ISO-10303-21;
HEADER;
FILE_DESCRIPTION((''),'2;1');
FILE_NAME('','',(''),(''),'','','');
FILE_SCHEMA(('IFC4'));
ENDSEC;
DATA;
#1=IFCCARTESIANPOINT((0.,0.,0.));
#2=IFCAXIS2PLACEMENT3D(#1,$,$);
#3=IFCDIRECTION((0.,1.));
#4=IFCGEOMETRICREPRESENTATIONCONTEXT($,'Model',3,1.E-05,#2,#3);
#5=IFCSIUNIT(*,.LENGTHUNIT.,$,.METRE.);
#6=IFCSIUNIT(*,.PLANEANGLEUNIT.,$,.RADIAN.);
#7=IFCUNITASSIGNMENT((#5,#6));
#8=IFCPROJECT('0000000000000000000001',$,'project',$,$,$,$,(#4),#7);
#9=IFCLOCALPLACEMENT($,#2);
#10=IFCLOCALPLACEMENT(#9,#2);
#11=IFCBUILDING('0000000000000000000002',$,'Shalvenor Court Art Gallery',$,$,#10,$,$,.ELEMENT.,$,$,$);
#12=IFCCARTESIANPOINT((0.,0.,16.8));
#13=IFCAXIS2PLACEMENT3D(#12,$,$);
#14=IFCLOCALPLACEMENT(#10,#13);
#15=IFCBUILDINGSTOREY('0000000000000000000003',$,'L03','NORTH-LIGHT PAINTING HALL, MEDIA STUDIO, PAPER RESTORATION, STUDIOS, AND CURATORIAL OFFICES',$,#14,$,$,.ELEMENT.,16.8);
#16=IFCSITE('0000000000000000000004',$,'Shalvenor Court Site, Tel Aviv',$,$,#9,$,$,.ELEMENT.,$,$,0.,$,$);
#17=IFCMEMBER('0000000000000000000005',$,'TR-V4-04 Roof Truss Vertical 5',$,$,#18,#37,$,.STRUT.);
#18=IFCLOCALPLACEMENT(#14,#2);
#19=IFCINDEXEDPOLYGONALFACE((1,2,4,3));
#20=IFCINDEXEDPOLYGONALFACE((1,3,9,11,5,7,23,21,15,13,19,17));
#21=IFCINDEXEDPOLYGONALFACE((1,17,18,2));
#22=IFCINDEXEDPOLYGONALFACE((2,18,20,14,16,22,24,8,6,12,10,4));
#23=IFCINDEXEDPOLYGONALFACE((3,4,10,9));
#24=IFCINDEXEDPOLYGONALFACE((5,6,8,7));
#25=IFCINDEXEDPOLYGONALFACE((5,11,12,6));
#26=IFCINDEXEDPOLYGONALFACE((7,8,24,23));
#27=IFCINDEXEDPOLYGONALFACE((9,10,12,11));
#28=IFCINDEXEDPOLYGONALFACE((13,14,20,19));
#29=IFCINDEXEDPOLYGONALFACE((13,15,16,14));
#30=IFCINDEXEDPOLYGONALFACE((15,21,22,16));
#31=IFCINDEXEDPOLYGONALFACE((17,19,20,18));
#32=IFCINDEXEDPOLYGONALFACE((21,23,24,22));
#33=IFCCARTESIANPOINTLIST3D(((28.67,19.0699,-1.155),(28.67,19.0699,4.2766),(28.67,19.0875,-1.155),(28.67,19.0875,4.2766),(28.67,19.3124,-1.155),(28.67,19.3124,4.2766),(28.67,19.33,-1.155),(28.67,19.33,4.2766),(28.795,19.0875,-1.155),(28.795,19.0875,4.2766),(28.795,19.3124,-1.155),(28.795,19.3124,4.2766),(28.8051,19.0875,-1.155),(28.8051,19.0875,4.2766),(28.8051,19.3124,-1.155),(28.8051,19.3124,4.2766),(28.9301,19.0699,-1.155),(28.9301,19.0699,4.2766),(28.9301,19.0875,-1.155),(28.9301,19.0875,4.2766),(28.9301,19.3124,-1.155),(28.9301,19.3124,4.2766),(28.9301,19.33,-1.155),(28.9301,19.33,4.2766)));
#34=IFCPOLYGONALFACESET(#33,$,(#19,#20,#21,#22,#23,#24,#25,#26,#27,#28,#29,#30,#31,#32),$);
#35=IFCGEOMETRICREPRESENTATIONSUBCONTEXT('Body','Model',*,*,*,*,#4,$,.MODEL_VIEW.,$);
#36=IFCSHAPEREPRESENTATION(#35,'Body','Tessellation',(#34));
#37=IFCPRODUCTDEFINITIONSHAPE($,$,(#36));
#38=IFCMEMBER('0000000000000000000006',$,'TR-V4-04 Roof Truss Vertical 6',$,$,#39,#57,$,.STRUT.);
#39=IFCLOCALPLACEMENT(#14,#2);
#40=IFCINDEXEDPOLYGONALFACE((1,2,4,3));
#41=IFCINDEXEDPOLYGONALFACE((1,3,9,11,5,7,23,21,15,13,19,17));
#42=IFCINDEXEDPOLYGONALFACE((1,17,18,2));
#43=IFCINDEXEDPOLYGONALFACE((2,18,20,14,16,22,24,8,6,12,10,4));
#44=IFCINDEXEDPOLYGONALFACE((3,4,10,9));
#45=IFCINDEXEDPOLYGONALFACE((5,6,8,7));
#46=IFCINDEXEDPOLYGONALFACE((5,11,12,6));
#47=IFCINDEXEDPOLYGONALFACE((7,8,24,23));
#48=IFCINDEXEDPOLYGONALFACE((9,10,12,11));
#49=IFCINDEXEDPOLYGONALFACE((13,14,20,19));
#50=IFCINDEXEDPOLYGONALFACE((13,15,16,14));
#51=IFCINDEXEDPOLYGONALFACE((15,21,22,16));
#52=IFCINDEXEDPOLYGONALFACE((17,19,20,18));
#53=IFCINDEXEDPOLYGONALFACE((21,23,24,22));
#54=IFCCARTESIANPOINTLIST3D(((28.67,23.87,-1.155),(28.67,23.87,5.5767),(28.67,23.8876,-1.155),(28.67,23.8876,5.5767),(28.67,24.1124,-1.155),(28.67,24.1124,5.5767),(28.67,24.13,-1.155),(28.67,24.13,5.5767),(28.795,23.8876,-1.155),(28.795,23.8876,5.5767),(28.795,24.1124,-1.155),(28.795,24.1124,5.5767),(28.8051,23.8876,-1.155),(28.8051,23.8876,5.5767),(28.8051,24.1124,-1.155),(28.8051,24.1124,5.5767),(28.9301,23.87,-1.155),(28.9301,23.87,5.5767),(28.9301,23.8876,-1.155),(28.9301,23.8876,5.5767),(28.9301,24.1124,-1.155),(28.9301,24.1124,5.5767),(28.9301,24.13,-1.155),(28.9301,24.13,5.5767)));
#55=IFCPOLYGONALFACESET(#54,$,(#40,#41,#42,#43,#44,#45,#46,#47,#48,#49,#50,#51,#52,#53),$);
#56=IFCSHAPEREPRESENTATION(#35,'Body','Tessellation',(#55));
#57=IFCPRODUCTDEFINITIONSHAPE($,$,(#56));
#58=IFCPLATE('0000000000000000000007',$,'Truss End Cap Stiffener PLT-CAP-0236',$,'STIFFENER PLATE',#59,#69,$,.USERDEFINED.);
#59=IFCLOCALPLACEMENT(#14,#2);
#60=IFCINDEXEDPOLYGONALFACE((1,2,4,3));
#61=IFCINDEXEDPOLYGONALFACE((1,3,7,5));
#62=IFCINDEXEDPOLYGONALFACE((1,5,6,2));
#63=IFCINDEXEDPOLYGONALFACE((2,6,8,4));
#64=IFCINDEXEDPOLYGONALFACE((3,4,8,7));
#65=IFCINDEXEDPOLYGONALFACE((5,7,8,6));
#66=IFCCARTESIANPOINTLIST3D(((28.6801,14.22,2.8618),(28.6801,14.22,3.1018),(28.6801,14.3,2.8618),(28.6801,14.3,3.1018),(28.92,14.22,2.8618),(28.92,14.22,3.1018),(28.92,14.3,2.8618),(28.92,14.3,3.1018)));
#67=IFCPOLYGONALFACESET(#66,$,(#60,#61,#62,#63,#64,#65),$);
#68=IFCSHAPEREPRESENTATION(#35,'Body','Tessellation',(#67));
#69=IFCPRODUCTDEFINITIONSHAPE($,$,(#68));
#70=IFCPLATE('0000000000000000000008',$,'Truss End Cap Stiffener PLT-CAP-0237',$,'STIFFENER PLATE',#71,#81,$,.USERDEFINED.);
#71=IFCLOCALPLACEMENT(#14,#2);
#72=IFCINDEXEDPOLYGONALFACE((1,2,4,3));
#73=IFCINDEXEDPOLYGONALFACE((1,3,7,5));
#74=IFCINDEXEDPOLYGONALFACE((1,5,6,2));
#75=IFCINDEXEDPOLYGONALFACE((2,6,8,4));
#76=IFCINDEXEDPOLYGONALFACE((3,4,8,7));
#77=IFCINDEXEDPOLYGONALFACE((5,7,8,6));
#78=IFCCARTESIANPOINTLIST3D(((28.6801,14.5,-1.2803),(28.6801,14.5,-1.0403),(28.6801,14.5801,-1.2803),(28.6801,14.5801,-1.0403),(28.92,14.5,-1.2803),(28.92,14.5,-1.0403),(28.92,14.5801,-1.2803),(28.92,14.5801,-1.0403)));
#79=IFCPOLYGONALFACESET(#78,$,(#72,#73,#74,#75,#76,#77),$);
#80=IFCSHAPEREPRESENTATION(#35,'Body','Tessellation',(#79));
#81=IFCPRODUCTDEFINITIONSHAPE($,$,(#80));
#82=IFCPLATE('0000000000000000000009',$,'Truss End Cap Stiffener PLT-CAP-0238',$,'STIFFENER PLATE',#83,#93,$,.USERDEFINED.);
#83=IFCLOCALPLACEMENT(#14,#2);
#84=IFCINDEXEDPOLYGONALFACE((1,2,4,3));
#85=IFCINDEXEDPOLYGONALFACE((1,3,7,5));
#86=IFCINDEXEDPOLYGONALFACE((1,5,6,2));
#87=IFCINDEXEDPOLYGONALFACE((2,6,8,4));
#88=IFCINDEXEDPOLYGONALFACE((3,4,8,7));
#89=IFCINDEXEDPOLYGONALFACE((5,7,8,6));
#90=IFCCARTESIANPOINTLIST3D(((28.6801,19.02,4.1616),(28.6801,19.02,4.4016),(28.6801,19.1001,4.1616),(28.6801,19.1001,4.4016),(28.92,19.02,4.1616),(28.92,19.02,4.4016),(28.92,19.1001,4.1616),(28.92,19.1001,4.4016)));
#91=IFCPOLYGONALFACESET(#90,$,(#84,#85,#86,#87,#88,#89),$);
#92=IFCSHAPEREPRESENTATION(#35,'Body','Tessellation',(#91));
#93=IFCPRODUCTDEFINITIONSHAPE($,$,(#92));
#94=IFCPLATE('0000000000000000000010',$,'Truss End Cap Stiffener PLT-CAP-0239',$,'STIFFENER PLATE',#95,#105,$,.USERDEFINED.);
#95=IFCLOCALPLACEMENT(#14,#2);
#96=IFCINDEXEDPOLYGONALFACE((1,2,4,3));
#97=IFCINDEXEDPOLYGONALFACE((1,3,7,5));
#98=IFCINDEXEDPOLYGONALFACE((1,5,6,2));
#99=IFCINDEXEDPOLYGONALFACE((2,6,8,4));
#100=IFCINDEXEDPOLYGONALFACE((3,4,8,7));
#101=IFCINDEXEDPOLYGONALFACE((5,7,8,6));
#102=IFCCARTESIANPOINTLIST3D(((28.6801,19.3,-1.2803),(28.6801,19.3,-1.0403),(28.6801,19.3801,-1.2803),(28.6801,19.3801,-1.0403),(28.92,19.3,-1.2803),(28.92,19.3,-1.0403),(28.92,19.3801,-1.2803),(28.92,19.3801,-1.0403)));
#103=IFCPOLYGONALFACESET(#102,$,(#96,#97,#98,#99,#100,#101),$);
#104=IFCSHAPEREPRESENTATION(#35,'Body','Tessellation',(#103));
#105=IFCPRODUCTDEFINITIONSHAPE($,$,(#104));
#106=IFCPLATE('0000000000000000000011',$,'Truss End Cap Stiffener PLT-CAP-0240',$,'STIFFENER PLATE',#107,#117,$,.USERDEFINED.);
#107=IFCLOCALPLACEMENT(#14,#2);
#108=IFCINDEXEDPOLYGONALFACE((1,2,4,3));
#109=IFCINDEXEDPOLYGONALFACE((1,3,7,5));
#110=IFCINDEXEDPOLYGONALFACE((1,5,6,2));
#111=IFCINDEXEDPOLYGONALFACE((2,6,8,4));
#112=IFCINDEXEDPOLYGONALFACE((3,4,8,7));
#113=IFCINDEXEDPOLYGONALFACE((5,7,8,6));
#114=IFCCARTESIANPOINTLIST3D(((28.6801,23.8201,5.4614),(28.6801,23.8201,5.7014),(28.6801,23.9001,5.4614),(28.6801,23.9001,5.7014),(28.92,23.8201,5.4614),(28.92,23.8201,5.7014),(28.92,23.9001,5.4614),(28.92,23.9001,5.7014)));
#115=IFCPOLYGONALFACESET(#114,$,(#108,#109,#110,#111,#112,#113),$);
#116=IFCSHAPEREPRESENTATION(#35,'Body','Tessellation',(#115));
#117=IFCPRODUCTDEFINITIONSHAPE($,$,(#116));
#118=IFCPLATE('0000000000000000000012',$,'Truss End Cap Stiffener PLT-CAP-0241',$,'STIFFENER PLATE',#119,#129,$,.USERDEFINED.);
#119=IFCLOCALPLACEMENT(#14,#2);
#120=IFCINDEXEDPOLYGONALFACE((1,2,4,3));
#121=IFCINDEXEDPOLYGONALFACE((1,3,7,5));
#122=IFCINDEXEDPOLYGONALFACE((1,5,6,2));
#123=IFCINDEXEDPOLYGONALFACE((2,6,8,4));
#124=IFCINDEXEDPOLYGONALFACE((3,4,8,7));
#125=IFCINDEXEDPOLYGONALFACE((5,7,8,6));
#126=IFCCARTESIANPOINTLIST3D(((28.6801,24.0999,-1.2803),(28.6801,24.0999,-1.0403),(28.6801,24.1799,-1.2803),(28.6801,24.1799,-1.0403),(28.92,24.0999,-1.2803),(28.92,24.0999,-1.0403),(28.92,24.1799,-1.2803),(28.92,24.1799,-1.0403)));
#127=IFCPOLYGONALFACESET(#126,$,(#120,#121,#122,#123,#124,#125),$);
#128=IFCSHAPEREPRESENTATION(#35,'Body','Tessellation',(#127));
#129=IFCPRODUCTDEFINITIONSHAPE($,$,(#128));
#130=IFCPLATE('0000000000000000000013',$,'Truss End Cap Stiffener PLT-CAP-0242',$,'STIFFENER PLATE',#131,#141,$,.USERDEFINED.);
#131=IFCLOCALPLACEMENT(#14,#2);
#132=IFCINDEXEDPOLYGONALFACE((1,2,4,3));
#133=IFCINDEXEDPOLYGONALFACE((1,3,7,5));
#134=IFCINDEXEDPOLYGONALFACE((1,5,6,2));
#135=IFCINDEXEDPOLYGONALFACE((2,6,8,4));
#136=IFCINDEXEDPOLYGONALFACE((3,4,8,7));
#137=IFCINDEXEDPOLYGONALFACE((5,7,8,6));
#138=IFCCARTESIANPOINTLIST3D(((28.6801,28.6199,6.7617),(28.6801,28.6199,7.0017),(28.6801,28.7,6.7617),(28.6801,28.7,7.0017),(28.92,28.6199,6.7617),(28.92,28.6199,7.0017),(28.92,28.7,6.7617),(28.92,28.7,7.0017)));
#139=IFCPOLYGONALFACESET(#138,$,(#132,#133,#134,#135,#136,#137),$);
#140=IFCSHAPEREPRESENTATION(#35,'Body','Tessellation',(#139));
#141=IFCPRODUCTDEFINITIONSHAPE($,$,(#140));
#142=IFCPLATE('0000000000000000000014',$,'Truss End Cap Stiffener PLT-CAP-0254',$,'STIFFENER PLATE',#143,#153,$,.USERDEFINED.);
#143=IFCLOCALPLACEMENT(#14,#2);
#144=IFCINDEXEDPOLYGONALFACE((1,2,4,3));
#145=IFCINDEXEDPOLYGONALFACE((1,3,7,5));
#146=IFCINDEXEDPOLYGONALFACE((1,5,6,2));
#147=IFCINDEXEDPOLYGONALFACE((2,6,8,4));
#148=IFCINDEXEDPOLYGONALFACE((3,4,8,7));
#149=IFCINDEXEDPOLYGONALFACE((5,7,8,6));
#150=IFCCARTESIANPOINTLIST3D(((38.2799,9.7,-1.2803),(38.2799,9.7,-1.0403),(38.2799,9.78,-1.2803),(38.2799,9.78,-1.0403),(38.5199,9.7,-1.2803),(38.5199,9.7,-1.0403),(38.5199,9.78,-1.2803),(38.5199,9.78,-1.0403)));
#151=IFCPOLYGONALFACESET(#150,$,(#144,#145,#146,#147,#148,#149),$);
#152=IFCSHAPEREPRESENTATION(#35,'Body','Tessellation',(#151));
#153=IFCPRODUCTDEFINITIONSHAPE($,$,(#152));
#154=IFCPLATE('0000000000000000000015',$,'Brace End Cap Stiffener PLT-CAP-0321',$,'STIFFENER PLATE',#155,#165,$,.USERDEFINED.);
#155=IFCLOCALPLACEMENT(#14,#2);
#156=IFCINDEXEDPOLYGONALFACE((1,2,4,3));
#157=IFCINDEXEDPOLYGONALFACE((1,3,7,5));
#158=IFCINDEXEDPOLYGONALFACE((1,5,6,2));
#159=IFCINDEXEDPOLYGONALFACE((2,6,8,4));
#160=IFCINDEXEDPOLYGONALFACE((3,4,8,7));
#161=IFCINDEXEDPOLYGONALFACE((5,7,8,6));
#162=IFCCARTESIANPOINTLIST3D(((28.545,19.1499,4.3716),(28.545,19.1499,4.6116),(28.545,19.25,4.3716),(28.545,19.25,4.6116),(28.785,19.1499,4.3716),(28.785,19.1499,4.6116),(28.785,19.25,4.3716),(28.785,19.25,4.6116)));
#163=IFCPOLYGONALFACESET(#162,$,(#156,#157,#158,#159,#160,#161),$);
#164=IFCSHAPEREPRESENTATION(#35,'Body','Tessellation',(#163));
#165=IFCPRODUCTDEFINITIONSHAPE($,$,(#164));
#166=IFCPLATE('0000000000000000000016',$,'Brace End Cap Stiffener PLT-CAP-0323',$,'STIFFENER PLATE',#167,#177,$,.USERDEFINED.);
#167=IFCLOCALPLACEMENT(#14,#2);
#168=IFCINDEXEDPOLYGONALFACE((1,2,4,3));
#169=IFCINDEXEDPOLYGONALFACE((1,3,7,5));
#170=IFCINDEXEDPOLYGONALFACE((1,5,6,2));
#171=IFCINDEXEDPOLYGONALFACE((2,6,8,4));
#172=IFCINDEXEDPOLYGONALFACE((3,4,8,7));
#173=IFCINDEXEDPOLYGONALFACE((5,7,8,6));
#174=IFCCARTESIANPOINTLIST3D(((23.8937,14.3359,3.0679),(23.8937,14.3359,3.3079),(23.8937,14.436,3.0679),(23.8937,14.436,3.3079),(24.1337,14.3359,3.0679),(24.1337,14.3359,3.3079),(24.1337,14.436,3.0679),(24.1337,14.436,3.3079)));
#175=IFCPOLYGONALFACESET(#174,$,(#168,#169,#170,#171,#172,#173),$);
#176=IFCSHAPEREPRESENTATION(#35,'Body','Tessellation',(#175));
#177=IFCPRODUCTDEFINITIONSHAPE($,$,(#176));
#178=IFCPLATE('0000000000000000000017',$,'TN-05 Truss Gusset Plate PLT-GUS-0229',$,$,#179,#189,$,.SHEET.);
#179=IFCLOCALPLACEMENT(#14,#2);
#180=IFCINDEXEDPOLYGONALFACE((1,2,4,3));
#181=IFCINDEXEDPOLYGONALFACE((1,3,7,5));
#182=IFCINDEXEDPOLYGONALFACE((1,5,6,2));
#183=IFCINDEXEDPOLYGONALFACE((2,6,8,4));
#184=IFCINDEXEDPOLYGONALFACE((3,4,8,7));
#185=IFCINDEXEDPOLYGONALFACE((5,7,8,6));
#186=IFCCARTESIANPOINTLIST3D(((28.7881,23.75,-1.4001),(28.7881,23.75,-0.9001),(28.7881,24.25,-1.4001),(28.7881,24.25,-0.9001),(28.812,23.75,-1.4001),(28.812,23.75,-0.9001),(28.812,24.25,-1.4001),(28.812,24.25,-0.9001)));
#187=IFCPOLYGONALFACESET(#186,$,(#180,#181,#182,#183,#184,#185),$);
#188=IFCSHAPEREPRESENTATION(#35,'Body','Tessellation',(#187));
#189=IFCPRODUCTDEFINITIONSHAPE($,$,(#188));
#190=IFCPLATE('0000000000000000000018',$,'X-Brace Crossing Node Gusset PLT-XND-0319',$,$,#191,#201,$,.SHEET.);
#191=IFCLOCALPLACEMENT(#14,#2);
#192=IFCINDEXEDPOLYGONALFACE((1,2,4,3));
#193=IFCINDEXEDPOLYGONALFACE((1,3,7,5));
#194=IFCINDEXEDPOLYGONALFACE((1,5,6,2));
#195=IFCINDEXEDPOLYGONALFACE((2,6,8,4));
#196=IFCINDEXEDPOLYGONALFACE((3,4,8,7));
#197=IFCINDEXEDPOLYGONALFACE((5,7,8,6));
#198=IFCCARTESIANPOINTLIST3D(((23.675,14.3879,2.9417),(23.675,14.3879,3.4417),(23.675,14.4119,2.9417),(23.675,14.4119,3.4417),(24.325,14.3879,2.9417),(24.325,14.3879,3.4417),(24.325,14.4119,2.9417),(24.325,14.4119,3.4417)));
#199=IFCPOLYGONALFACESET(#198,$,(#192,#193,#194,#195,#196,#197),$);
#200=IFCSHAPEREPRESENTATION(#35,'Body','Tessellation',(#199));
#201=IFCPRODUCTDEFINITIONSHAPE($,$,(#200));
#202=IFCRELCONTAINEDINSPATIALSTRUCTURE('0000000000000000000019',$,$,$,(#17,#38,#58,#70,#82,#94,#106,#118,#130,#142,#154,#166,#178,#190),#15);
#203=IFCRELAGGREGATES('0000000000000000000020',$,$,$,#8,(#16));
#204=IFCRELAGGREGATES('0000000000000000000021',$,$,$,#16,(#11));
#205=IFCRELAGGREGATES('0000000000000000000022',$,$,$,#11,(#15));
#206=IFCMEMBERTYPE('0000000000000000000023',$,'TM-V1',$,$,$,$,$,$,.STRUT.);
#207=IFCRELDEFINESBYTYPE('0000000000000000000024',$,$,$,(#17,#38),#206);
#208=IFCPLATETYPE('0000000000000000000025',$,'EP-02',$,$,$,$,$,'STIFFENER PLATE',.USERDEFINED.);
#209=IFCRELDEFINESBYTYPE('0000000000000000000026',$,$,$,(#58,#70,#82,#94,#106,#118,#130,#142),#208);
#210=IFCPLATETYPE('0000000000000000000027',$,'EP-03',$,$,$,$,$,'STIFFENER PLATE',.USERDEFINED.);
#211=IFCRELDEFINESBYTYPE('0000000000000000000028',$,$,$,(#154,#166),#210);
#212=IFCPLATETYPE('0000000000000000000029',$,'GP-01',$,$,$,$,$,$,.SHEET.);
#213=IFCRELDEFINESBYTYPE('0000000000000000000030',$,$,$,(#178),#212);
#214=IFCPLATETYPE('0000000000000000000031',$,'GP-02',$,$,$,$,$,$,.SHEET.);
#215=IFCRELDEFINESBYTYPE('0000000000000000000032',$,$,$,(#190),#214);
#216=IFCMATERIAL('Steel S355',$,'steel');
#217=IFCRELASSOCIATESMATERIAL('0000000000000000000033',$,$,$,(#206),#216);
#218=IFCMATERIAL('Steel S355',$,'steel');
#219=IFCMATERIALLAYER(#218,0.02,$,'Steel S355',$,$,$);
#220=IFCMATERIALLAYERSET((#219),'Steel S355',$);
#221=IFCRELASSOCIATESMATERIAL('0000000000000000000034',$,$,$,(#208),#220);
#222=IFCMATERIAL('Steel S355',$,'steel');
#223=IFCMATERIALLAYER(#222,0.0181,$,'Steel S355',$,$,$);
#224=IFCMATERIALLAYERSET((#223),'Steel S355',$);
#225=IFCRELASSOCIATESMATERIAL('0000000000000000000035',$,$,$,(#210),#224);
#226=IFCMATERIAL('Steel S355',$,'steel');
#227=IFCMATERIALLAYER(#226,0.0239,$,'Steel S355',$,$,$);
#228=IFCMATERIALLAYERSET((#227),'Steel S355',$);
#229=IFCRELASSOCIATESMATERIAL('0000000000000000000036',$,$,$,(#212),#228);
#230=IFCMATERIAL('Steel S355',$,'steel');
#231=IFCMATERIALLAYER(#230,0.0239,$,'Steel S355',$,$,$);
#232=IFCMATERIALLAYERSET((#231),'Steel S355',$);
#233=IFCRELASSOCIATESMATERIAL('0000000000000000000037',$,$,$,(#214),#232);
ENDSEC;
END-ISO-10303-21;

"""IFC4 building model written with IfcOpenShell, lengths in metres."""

from ifc_helpers import new_model, si_unit, direction, frame, origin, origin_2d, place, context, subcontext, project, spatial, rectangle, i_section, extrude, material, layer, layer_set, material_profile, profile_set, type_object, element, save


model = new_model("IFC4")

# Units and contexts
model_context = context("Model", 3, precision=1e-05, world=origin(), true_north=direction((0.0, 1.0)))
body_context = subcontext(model_context, "Body", "Model", "MODEL_VIEW")
ifc_project = project(units=[si_unit("LENGTHUNIT", "METRE"), si_unit("PLANEANGLEUNIT", "RADIAN")], contexts=[model_context])

# Site, building, storey
site_placement = place(None, origin())
site = spatial("IfcSite", under=ifc_project, at=site_placement, Name="Shalvenor Court Site, Tel Aviv", CompositionType="ELEMENT", RefElevation=0.0)
building_placement = place(site_placement, origin())
building = spatial("IfcBuilding", under=site, at=building_placement, Name="Shalvenor Court Art Gallery", CompositionType="ELEMENT")
storey_placement = place(building_placement, frame((0.0, 0.0, 16.8)))
storey = spatial("IfcBuildingStorey", under=building, at=storey_placement, Name="L03", Description="NORTH-LIGHT PAINTING HALL, MEDIA STUDIO, PAPER RESTORATION, STUDIOS, AND CURATORIAL OFFICES", CompositionType="ELEMENT", Elevation=16.8)

# Members
ifc_material_1 = material(Name="Steel S355", Category="steel")
ifc_material_profile_1 = material_profile(ifc_material_1, i_section(OverallWidth=0.26, OverallDepth=0.26, WebThickness=0.01, FlangeThickness=0.0176, at=origin_2d()), Name="HEB 260")
ifc_profile_set_1 = profile_set([ifc_material_profile_1], Name="Steel S355")
member_type_1 = type_object("IfcMemberType", Name="TM-V1", PredefinedType="STRUT", material=ifc_profile_set_1)
member_1_placement = place(storey_placement, frame((28.8, 19.2, -1.155), z_axis=(0.0, 0.0, 1.0), x_axis=(1.0, 0.0, 0.0)))
element("IfcMember", 1, at=member_1_placement, inside=storey, type_object=member_type_1, Name="TR-V4-04 Roof Truss Vertical 5", PredefinedType="STRUT", context=body_context, shape_type="SweptSolid", body=[
    extrude(i_section(OverallWidth=0.26, OverallDepth=0.26, WebThickness=0.01, FlangeThickness=0.0176, at=origin_2d()), origin(), (0.0, 0.0, 1.0), 5.4316),
])
member_2_placement = place(storey_placement, frame((28.8, 24.0, -1.155), z_axis=(0.0, 0.0, 1.0), x_axis=(1.0, 0.0, 0.0)))
element("IfcMember", 2, at=member_2_placement, inside=storey, type_object=member_type_1, Name="TR-V4-04 Roof Truss Vertical 6", PredefinedType="STRUT", context=body_context, shape_type="SweptSolid", body=[
    extrude(i_section(OverallWidth=0.26, OverallDepth=0.26, WebThickness=0.01, FlangeThickness=0.0176, at=origin_2d()), origin(), (0.0, 0.0, 1.0), 6.7317),
])

# Plates
ifc_material_2 = material(Name="Steel S355", Category="steel")
ifc_layer_1 = layer(ifc_material_2, 0.02, Name="Steel S355")
ifc_layer_set_1 = layer_set([ifc_layer_1], Name="Steel S355")
plate_type_1 = type_object("IfcPlateType", Name="EP-02", ElementType="STIFFENER PLATE", PredefinedType="USERDEFINED", material=ifc_layer_set_1)
for number, where, z_axis, x_axis, name in (
    (3, (28.8, 14.26, 2.8618), (0.0, 0.0, 1.0), (1.0, 0.0, 0.0), "Truss End Cap Stiffener PLT-CAP-0236"),
    (4, (28.8, 14.54, -1.2803), (0.0, 0.0, 1.0), (1.0, 0.0, 0.0), "Truss End Cap Stiffener PLT-CAP-0237"),
    (5, (28.8, 19.0601, 4.1616), (0.0, 0.0, 1.0), (1.0, 0.0, 0.0), "Truss End Cap Stiffener PLT-CAP-0238"),
    (6, (28.8, 19.3401, -1.2803), (0.0, 0.0, 1.0), (1.0, 0.0, 0.0), "Truss End Cap Stiffener PLT-CAP-0239"),
    (7, (28.8, 23.8601, 5.4614), (0.0, 0.0, 1.0), (1.0, 0.0, 0.0), "Truss End Cap Stiffener PLT-CAP-0240"),
    (8, (28.8, 24.1399, -1.2803), (0.0, 0.0, 1.0), (1.0, 0.0, 0.0), "Truss End Cap Stiffener PLT-CAP-0241"),
    (9, (28.8, 28.6599, 6.7617), (0.0, 0.0, 1.0), (1.0, 0.0, 0.0), "Truss End Cap Stiffener PLT-CAP-0242"),
    (10, (38.3999, 9.74, -1.2803), (0.0, 0.0, 1.0), (1.0, 0.0, 0.0), "Truss End Cap Stiffener PLT-CAP-0254"),
):
    element("IfcPlate", number, at=place(storey_placement, frame(where, z_axis=z_axis, x_axis=x_axis)), inside=storey, type_object=plate_type_1, Name=name, ObjectType="STIFFENER PLATE", PredefinedType="USERDEFINED", context=body_context, shape_type="SweptSolid", body=[
        extrude(rectangle(XDim=0.24, YDim=0.0801, at=origin_2d()), origin(), (0.0, 0.0, 1.0), 0.24),
    ])
ifc_material_3 = material(Name="Steel S355", Category="steel")
ifc_layer_2 = layer(ifc_material_3, 0.0181, Name="Steel S355")
ifc_layer_set_2 = layer_set([ifc_layer_2], Name="Steel S355")
plate_type_2 = type_object("IfcPlateType", Name="EP-03", ElementType="STIFFENER PLATE", PredefinedType="USERDEFINED", material=ifc_layer_set_2)
for number, where, z_axis, x_axis, name in (
    (11, (28.665, 19.2, 4.3716), (0.0, 0.0, 1.0), (1.0, 0.0, 0.0), "Brace End Cap Stiffener PLT-CAP-0321"),
    (12, (24.0137, 14.386, 3.0679), (0.0, 0.0, 1.0), (1.0, 0.0, 0.0), "Brace End Cap Stiffener PLT-CAP-0323"),
):
    element("IfcPlate", number, at=place(storey_placement, frame(where, z_axis=z_axis, x_axis=x_axis)), inside=storey, type_object=plate_type_2, Name=name, ObjectType="STIFFENER PLATE", PredefinedType="USERDEFINED", context=body_context, shape_type="SweptSolid", body=[
        extrude(rectangle(XDim=0.24, YDim=0.1001, at=origin_2d()), origin(), (0.0, 0.0, 1.0), 0.24),
    ])
ifc_material_4 = material(Name="Steel S355", Category="steel")
ifc_layer_3 = layer(ifc_material_4, 0.0239, Name="Steel S355")
ifc_layer_set_3 = layer_set([ifc_layer_3], Name="Steel S355")
plate_type_3 = type_object("IfcPlateType", Name="GP-01", PredefinedType="SHEET", material=ifc_layer_set_3)
plate_1_placement = place(storey_placement, frame((28.8, 24.0, -1.4001), z_axis=(0.0, 0.0, 1.0), x_axis=(0.0, 1.0, 0.0)))
element("IfcPlate", 13, at=plate_1_placement, inside=storey, type_object=plate_type_3, Name="TN-05 Truss Gusset Plate PLT-GUS-0229", PredefinedType="SHEET", context=body_context, shape_type="SweptSolid", body=[
    extrude(rectangle(XDim=0.5, YDim=0.0239, at=origin_2d()), origin(), (0.0, 0.0, 1.0), 0.5),
])
ifc_material_5 = material(Name="Steel S355", Category="steel")
ifc_layer_4 = layer(ifc_material_5, 0.0239, Name="Steel S355")
ifc_layer_set_4 = layer_set([ifc_layer_4], Name="Steel S355")
plate_type_4 = type_object("IfcPlateType", Name="GP-02", PredefinedType="SHEET", material=ifc_layer_set_4)
plate_2_placement = place(storey_placement, frame((24.0, 14.3999, 2.9417), z_axis=(0.0, 0.0, 1.0), x_axis=(1.0, 0.0, 0.0)))
element("IfcPlate", 14, at=plate_2_placement, inside=storey, type_object=plate_type_4, Name="X-Brace Crossing Node Gusset PLT-XND-0319", PredefinedType="SHEET", context=body_context, shape_type="SweptSolid", body=[
    extrude(rectangle(XDim=0.6499, YDim=0.0239, at=origin_2d()), origin(), (0.0, 0.0, 1.0), 0.5),
])

save(model, "model.ifc")
